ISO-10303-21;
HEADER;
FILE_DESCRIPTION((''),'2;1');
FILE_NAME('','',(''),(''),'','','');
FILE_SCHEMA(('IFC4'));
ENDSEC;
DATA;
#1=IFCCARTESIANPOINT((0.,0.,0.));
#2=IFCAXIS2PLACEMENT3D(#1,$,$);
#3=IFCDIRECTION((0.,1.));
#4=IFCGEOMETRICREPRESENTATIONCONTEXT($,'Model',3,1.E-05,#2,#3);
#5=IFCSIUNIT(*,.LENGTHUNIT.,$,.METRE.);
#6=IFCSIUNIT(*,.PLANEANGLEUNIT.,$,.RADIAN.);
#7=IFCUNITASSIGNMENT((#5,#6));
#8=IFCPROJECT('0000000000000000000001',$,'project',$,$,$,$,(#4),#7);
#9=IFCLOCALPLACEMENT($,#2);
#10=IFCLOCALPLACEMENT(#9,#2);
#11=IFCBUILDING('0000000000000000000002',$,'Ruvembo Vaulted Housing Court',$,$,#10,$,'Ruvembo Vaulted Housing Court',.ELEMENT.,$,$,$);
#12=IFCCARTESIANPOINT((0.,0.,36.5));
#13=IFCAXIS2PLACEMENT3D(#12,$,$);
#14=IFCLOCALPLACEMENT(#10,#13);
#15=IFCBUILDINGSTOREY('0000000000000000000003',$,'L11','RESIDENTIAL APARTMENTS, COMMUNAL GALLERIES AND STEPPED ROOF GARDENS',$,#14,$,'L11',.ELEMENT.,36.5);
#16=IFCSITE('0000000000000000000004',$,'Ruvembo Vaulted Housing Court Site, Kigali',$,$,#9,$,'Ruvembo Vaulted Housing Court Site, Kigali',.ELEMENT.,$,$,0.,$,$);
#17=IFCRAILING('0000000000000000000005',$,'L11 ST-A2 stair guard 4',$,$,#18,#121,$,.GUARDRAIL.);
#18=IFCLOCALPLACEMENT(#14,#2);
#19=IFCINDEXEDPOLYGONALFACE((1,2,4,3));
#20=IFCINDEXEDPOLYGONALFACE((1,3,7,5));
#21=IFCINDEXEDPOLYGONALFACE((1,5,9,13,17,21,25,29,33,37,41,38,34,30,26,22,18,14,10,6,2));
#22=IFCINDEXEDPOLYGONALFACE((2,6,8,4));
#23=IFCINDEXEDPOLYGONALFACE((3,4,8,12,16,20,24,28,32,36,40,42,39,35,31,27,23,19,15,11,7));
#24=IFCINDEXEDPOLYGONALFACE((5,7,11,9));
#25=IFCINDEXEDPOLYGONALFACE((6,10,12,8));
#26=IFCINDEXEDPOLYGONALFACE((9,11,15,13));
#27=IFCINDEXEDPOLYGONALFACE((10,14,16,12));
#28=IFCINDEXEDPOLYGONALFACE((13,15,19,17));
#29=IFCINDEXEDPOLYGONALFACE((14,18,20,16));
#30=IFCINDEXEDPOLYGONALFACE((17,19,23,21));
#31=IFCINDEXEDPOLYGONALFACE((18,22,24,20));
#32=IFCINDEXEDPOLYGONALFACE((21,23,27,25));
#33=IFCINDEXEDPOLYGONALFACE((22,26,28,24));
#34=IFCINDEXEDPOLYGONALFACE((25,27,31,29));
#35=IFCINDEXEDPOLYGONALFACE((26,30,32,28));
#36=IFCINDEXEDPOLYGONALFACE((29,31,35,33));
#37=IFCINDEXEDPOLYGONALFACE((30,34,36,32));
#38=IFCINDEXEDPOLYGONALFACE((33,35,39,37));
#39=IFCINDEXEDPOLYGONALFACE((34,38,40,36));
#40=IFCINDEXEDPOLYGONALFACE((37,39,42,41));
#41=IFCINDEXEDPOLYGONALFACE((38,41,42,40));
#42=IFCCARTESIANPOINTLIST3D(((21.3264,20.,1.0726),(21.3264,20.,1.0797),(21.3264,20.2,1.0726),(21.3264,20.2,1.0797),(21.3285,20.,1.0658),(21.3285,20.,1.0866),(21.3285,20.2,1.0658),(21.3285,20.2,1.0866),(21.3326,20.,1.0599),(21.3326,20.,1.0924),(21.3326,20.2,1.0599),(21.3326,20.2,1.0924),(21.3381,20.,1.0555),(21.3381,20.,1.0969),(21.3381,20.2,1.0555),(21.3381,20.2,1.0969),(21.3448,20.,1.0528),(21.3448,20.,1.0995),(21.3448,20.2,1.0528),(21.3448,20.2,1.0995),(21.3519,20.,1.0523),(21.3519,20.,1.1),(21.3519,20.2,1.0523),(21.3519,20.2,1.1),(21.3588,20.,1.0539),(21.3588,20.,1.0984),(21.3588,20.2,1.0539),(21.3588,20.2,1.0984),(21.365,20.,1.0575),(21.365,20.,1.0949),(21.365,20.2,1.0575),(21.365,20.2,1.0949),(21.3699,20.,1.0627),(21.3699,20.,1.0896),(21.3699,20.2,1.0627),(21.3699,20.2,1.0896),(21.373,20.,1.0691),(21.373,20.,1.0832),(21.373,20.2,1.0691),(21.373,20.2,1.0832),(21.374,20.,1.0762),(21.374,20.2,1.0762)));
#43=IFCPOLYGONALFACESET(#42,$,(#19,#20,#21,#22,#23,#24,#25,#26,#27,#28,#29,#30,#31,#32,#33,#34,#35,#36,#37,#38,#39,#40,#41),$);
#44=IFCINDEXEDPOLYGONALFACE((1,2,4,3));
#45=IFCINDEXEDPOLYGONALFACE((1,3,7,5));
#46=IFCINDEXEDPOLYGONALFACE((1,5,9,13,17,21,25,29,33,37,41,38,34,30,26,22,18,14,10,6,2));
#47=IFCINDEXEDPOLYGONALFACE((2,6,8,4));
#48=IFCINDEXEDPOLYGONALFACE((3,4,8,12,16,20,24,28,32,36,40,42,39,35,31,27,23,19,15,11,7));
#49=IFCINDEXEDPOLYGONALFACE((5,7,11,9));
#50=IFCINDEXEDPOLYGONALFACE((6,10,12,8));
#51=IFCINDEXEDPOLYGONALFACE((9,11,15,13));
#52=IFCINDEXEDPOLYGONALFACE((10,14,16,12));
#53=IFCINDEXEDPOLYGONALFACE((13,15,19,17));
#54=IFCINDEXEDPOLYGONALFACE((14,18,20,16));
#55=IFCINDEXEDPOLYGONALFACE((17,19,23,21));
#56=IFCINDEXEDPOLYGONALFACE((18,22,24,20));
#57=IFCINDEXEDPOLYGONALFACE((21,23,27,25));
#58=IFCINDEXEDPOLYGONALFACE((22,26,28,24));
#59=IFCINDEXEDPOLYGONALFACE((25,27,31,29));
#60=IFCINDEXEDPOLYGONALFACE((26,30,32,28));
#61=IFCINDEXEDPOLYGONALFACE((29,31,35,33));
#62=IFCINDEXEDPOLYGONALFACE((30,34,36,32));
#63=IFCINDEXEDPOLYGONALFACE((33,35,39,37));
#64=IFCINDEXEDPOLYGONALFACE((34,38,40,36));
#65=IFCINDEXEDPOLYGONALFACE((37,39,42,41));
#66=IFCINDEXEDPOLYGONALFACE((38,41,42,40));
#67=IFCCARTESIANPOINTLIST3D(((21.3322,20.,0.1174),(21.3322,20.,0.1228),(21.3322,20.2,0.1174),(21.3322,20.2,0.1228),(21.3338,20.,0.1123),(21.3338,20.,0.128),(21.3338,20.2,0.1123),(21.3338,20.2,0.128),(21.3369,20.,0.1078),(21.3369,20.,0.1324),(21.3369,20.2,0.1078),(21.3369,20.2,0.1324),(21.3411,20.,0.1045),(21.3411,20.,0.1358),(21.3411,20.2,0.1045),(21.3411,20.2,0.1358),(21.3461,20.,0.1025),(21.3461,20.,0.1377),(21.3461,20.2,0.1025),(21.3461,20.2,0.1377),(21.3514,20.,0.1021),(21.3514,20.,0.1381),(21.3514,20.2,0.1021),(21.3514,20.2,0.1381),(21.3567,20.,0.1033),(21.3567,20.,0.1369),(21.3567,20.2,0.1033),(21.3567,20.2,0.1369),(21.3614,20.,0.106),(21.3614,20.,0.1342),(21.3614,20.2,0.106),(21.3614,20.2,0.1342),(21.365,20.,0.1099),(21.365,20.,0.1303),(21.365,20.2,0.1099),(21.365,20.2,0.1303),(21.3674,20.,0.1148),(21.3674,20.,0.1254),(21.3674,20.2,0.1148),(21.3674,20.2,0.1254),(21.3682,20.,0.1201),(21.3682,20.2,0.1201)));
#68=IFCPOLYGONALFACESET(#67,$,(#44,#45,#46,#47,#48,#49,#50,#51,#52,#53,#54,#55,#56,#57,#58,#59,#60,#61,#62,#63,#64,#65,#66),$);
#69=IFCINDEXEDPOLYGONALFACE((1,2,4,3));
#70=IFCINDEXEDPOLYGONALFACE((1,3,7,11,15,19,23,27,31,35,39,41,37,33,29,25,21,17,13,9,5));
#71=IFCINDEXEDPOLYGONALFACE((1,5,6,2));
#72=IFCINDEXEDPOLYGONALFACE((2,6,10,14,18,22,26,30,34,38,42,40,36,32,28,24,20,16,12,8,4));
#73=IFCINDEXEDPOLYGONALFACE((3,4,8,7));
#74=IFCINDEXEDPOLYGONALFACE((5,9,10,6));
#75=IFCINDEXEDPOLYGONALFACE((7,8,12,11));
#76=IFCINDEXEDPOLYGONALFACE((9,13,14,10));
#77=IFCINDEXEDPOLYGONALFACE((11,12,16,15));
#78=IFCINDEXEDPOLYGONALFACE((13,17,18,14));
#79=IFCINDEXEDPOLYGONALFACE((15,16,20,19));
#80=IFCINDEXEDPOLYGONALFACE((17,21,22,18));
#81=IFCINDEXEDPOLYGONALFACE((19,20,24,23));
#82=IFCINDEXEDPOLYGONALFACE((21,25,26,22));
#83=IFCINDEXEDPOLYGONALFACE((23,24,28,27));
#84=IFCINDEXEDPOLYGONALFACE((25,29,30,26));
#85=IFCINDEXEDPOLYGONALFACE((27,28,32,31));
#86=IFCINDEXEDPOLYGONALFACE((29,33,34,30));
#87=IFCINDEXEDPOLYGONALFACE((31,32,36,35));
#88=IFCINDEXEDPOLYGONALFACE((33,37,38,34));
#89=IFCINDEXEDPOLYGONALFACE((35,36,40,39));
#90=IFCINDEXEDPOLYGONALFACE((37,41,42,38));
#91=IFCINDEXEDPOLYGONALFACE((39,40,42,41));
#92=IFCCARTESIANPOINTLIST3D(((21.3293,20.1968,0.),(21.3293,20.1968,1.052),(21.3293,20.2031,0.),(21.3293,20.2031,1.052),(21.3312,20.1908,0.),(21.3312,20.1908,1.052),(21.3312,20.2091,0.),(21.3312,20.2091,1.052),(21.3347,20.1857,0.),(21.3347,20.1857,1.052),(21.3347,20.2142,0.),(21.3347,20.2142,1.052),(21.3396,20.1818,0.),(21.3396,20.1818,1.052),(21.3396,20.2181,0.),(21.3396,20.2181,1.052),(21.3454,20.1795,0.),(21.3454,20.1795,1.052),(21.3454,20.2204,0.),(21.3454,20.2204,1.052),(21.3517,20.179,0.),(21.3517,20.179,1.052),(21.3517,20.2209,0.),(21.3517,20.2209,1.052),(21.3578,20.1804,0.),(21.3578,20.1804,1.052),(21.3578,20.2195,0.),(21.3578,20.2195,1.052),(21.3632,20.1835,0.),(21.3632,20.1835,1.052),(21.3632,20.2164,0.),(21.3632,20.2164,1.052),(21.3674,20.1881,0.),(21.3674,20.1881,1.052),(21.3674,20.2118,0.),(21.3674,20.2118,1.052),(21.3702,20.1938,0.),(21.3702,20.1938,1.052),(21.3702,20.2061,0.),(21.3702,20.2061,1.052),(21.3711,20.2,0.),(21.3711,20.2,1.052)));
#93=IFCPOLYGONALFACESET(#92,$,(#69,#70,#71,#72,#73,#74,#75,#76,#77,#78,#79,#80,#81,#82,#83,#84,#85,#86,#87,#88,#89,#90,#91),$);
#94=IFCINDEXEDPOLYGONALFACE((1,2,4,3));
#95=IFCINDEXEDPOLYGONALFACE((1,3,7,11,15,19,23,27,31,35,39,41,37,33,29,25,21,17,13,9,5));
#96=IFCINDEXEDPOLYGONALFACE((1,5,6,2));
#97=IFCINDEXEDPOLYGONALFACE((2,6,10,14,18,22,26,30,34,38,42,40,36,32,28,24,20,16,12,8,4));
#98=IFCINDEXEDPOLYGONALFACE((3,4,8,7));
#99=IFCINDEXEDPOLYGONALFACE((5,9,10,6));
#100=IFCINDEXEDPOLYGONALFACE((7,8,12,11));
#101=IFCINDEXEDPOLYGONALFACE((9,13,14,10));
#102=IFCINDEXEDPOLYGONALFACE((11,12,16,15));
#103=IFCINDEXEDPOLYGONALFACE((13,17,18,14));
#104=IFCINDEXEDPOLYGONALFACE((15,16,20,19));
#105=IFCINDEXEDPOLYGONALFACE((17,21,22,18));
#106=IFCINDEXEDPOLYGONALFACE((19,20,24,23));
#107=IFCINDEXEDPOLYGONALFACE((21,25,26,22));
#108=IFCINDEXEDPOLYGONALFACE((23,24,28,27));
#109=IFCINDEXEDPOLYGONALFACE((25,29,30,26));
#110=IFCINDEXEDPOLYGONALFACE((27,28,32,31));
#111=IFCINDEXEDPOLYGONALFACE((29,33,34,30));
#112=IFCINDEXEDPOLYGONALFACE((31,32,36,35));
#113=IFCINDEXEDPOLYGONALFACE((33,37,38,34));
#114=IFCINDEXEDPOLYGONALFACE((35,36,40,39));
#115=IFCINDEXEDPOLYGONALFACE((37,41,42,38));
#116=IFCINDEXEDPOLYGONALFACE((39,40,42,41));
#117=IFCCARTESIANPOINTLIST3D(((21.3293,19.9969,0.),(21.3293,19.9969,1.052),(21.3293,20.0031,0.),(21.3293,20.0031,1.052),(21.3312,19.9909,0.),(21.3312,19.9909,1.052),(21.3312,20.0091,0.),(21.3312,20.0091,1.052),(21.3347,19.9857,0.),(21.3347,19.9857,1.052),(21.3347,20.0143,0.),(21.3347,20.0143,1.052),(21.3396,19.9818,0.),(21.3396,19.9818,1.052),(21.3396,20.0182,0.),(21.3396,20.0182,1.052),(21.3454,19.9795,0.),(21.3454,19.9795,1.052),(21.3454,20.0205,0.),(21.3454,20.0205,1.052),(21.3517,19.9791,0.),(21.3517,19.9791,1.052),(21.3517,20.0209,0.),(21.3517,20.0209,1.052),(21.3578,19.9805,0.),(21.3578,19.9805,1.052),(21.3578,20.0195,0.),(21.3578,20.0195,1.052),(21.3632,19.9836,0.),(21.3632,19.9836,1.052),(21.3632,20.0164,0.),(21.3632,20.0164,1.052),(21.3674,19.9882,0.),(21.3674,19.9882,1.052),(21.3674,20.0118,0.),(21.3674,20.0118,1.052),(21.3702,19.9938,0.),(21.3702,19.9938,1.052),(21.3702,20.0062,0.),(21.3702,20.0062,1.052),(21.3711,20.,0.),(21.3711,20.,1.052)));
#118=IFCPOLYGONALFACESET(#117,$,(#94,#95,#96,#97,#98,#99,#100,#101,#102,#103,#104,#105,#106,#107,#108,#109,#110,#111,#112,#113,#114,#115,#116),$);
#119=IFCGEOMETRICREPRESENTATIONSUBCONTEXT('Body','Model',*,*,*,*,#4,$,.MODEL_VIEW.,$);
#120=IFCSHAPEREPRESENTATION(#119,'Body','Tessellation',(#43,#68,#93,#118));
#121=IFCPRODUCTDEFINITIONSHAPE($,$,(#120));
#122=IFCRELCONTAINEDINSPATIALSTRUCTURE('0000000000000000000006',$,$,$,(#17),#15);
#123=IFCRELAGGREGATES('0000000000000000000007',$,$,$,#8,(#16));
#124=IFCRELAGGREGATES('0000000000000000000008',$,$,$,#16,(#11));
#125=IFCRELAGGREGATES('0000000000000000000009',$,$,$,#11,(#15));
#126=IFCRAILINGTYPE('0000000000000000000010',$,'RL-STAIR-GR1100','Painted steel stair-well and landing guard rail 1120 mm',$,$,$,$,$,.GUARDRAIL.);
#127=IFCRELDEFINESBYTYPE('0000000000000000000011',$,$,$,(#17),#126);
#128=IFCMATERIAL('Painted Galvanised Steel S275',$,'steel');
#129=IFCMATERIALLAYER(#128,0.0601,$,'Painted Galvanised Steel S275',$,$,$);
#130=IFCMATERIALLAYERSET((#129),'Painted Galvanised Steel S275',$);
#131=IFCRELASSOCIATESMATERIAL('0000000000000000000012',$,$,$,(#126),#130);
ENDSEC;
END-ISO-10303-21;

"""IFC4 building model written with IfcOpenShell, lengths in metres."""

from ifc_helpers import new_model, si_unit, direction, frame, origin, origin_2d, place, context, subcontext, project, spatial, circle, extrude, material, layer, layer_set, type_object, element, save


model = new_model("IFC4")

# Units and contexts
model_context = context("Model", 3, precision=1e-05, world=origin(), true_north=direction((0.0, 1.0)))
body_context = subcontext(model_context, "Body", "Model", "MODEL_VIEW")
ifc_project = project(units=[si_unit("LENGTHUNIT", "METRE"), si_unit("PLANEANGLEUNIT", "RADIAN")], contexts=[model_context])

# Site, building, storey
site_placement = place(None, origin())
site = spatial("IfcSite", under=ifc_project, at=site_placement, Name="Ruvembo Vaulted Housing Court Site, Kigali", LongName="Ruvembo Vaulted Housing Court Site, Kigali", CompositionType="ELEMENT", RefElevation=0.0)
building_placement = place(site_placement, origin())
building = spatial("IfcBuilding", under=site, at=building_placement, Name="Ruvembo Vaulted Housing Court", LongName="Ruvembo Vaulted Housing Court", CompositionType="ELEMENT")
storey_placement = place(building_placement, frame((0.0, 0.0, 36.5)))
storey = spatial("IfcBuildingStorey", under=building, at=storey_placement, Name="L11", Description="RESIDENTIAL APARTMENTS, COMMUNAL GALLERIES AND STEPPED ROOF GARDENS", LongName="L11", CompositionType="ELEMENT", Elevation=36.5)

# Railing
ifc_material_1 = material(Name="Painted Galvanised Steel S275", Category="steel")
ifc_layer_1 = layer(ifc_material_1, 0.0601, Name="Painted Galvanised Steel S275")
ifc_layer_set_1 = layer_set([ifc_layer_1], Name="Painted Galvanised Steel S275")
railing_type_1 = type_object("IfcRailingType", Name="RL-STAIR-GR1100", Description="Painted steel stair-well and landing guard rail 1120 mm", PredefinedType="GUARDRAIL", material=ifc_layer_set_1)
railing_1_placement = place(storey_placement, frame((21.3501, 20.2, 0.0)))
element("IfcRailing", 1, at=railing_1_placement, inside=storey, type_object=railing_type_1, Name="L11 ST-A2 stair guard 4", PredefinedType="GUARDRAIL", context=body_context, shape_type="SweptSolid", body=[
    extrude(circle(Radius=0.0239, at=origin_2d()), frame((0.0, 0.0, 1.0762), z_axis=(0.0, -1.0, 0.0), x_axis=(1.0, 0.0, 0.0)), (0.0, 0.0, 1.0), 0.2),
    extrude(circle(Radius=0.0181, at=origin_2d()), frame((0.0, 0.0, 0.1201), z_axis=(0.0, -1.0, 0.0), x_axis=(1.0, 0.0, 0.0)), (0.0, 0.0, 1.0), 0.2),
    extrude(circle(Radius=0.021, at=origin_2d()), origin(), (0.0, 0.0, 1.0), 1.052),
    extrude(circle(Radius=0.021, at=origin_2d()), frame((0.0, -0.2, 0.0)), (0.0, 0.0, 1.0), 1.052),
])

save(model, "model.ifc")
